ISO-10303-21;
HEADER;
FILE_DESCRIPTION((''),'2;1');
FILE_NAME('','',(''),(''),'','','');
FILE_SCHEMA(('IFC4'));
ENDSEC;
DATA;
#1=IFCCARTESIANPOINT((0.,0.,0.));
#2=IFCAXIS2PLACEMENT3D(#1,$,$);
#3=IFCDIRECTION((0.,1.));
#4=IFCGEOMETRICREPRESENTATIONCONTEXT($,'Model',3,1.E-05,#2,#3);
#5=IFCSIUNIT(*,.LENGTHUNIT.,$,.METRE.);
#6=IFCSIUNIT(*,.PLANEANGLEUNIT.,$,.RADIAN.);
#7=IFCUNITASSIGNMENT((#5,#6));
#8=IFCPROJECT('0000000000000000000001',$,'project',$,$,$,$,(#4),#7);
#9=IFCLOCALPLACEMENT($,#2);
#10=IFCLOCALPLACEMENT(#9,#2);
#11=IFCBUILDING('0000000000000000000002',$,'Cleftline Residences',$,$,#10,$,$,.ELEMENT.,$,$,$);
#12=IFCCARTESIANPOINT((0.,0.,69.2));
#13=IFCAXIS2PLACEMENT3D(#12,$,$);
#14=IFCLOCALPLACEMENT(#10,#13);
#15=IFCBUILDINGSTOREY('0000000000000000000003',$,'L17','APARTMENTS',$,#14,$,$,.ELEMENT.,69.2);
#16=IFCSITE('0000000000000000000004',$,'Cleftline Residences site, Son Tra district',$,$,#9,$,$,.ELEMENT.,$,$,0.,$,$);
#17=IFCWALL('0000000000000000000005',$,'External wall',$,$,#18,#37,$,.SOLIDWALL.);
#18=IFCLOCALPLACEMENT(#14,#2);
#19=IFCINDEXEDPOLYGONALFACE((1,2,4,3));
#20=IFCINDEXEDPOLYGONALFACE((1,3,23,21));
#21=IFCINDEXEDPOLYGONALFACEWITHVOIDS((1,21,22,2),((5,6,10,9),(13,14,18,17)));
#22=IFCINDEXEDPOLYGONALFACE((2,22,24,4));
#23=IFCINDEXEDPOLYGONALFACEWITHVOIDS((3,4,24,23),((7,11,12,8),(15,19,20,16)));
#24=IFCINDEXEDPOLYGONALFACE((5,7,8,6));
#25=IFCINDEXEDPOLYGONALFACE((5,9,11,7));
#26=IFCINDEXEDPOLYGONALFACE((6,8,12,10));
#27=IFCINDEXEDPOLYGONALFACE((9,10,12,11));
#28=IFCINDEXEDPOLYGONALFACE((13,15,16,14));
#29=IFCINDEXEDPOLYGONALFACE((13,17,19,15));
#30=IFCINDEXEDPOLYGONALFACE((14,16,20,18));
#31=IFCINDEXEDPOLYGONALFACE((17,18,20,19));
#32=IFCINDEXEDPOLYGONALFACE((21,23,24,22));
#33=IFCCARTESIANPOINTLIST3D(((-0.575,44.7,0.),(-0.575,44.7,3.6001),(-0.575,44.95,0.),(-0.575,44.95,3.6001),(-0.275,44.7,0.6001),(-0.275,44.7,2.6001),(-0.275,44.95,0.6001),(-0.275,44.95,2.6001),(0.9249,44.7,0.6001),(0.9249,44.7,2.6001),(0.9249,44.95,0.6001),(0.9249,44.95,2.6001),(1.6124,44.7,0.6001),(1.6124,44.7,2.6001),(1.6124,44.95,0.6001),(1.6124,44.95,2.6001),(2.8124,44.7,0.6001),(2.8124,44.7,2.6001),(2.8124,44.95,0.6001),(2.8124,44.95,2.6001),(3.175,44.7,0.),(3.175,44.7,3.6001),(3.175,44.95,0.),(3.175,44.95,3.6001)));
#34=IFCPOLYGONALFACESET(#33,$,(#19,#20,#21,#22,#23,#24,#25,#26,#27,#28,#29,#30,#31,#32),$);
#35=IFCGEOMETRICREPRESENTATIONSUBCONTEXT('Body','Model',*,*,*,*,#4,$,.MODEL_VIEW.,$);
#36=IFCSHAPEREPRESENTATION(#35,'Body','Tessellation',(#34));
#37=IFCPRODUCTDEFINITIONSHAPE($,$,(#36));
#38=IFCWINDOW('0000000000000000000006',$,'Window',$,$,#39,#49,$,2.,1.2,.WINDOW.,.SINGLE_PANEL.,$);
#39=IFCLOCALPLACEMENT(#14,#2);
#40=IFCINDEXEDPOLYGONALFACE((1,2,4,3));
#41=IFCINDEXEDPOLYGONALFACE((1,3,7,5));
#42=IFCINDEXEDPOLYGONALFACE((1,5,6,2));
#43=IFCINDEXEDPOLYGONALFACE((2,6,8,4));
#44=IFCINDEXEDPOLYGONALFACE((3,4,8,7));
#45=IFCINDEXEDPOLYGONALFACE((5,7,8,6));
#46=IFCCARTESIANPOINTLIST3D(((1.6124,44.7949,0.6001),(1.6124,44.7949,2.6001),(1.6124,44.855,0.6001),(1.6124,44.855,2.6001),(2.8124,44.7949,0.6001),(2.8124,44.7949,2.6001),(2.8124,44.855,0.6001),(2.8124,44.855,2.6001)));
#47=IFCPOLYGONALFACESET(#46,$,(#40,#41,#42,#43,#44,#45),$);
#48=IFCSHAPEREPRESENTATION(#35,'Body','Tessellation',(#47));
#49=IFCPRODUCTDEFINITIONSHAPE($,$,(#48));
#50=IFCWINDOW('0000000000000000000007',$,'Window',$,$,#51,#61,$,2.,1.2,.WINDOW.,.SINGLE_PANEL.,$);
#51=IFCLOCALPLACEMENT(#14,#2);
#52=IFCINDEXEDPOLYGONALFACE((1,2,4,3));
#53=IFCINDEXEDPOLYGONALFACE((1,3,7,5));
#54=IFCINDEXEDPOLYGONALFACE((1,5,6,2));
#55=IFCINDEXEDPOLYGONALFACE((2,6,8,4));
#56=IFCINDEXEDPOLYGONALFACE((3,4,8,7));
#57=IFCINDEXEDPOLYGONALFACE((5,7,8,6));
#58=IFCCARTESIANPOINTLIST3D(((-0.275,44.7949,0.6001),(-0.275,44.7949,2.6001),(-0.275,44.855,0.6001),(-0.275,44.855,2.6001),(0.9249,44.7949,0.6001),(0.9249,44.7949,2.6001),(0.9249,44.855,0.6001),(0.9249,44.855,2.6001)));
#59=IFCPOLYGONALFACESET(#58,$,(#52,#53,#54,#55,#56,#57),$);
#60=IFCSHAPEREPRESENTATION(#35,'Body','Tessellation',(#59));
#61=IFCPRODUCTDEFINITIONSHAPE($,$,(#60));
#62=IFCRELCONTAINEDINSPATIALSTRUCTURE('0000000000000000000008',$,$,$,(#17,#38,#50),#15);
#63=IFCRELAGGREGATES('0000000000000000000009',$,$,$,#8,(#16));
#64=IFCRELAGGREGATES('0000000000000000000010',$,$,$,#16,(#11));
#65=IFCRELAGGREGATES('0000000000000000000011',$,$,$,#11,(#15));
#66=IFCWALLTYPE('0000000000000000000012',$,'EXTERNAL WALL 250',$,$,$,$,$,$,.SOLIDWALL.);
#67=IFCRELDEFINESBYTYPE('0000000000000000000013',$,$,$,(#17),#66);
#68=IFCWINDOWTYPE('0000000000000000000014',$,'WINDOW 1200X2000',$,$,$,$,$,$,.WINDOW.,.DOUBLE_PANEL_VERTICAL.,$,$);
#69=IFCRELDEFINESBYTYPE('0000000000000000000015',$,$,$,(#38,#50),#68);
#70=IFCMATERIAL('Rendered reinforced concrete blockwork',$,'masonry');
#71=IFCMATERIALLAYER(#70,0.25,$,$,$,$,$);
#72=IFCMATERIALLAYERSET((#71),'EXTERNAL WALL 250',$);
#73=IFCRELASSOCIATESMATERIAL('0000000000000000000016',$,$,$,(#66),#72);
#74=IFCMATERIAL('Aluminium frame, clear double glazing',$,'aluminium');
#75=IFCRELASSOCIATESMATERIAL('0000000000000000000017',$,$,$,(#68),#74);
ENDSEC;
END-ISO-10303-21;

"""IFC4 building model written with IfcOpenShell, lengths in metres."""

from ifc_helpers import new_model, si_unit, direction, frame, frame_2d, origin, place, context, subcontext, project, spatial, rectangle, extrude, material, layer, layer_set, type_object, element, fill, save


model = new_model("IFC4")

# Units and contexts
model_context = context("Model", 3, precision=1e-05, world=origin(), true_north=direction((0.0, 1.0)))
body_context = subcontext(model_context, "Body", "Model", "MODEL_VIEW")
ifc_project = project(units=[si_unit("LENGTHUNIT", "METRE"), si_unit("PLANEANGLEUNIT", "RADIAN")], contexts=[model_context])

# Site, building, storey
site_placement = place(None, origin())
site = spatial("IfcSite", under=ifc_project, at=site_placement, Name="Cleftline Residences site, Son Tra district", CompositionType="ELEMENT", RefElevation=0.0)
building_placement = place(site_placement, origin())
building = spatial("IfcBuilding", under=site, at=building_placement, Name="Cleftline Residences", CompositionType="ELEMENT")
storey_placement = place(building_placement, frame((0.0, 0.0, 69.2)))
storey = spatial("IfcBuildingStorey", under=building, at=storey_placement, Name="L17", Description="APARTMENTS", CompositionType="ELEMENT", Elevation=69.2)

# Shared definitions
ifc_material_1 = material(Name="Rendered reinforced concrete blockwork", Category="masonry")
ifc_layer_1 = layer(ifc_material_1, 0.25)
ifc_layer_set_1 = layer_set([ifc_layer_1], Name="EXTERNAL WALL 250")
wall_type = type_object("IfcWallType", Name="EXTERNAL WALL 250", PredefinedType="SOLIDWALL", material=ifc_layer_set_1)

# Wall, openings, windows
wall_1_placement = place(storey_placement, frame((3.175, 44.825, 0.0), z_axis=(0.0, 0.0, 1.0), x_axis=(-1.0, 0.0, 0.0)))
wall_1 = element("IfcWall", 1, at=wall_1_placement, inside=storey, type_object=wall_type, Name="External wall", PredefinedType="SOLIDWALL", context=body_context, shape_type="SweptSolid", body=[
    extrude(rectangle(XDim=3.75, YDim=0.25, at=frame_2d((1.875, 0.0))), origin(), (0.0, 0.0, 1.0), 3.6001),
])
opening_1_placement = place(wall_1_placement, frame((0.3625, 0.0, 0.6001)))
opening_1 = element("IfcOpeningElement", 2, at=opening_1_placement, cuts=wall_1, PredefinedType="OPENING", context=body_context, shape_type="SweptSolid", body=[
    extrude(rectangle(XDim=1.2, YDim=2.0, at=frame_2d((0.6001, 1.0))), frame((0.0, 0.135, 0.0), z_axis=(0.0, -1.0, 0.0), x_axis=(1.0, 0.0, 0.0)), (0.0, 0.0, 1.0), 0.27),
])
opening_2_placement = place(wall_1_placement, frame((2.25, 0.0, 0.6001)))
opening_2 = element("IfcOpeningElement", 3, at=opening_2_placement, cuts=wall_1, PredefinedType="OPENING", context=body_context, shape_type="SweptSolid", body=[
    extrude(rectangle(XDim=1.2, YDim=2.0, at=frame_2d((0.6001, 1.0))), frame((0.0, 0.135, 0.0), z_axis=(0.0, -1.0, 0.0), x_axis=(1.0, 0.0, 0.0)), (0.0, 0.0, 1.0), 0.27),
])
ifc_material_2 = material(Name="Aluminium frame, clear double glazing", Category="aluminium")
window_type_1 = type_object("IfcWindowType", Name="WINDOW 1200X2000", PartitioningType="DOUBLE_PANEL_VERTICAL", PredefinedType="WINDOW", material=ifc_material_2)
window_1_placement = place(opening_1_placement, origin())
window_1 = element("IfcWindow", 4, at=window_1_placement, inside=storey, type_object=window_type_1, Name="Window", OverallHeight=2.0, OverallWidth=1.2, PartitioningType="SINGLE_PANEL", PredefinedType="WINDOW", context=body_context, shape_type="SweptSolid", body=[
    extrude(rectangle(XDim=1.2, YDim=2.0, at=frame_2d((0.6001, 1.0))), frame((0.0, 0.03, 0.0), z_axis=(0.0, -1.0, 0.0), x_axis=(1.0, 0.0, 0.0)), (0.0, 0.0, 1.0), 0.0601),
])
fill(opening_1, window_1)
window_2_placement = place(opening_2_placement, origin())
window_2 = element("IfcWindow", 5, at=window_2_placement, inside=storey, type_object=window_type_1, Name="Window", OverallHeight=2.0, OverallWidth=1.2, PartitioningType="SINGLE_PANEL", PredefinedType="WINDOW", context=body_context, shape_type="SweptSolid", body=[
    extrude(rectangle(XDim=1.2, YDim=2.0, at=frame_2d((0.6001, 1.0))), frame((0.0, 0.03, 0.0), z_axis=(0.0, -1.0, 0.0), x_axis=(1.0, 0.0, 0.0)), (0.0, 0.0, 1.0), 0.0601),
])
fill(opening_2, window_2)

save(model, "model.ifc")
